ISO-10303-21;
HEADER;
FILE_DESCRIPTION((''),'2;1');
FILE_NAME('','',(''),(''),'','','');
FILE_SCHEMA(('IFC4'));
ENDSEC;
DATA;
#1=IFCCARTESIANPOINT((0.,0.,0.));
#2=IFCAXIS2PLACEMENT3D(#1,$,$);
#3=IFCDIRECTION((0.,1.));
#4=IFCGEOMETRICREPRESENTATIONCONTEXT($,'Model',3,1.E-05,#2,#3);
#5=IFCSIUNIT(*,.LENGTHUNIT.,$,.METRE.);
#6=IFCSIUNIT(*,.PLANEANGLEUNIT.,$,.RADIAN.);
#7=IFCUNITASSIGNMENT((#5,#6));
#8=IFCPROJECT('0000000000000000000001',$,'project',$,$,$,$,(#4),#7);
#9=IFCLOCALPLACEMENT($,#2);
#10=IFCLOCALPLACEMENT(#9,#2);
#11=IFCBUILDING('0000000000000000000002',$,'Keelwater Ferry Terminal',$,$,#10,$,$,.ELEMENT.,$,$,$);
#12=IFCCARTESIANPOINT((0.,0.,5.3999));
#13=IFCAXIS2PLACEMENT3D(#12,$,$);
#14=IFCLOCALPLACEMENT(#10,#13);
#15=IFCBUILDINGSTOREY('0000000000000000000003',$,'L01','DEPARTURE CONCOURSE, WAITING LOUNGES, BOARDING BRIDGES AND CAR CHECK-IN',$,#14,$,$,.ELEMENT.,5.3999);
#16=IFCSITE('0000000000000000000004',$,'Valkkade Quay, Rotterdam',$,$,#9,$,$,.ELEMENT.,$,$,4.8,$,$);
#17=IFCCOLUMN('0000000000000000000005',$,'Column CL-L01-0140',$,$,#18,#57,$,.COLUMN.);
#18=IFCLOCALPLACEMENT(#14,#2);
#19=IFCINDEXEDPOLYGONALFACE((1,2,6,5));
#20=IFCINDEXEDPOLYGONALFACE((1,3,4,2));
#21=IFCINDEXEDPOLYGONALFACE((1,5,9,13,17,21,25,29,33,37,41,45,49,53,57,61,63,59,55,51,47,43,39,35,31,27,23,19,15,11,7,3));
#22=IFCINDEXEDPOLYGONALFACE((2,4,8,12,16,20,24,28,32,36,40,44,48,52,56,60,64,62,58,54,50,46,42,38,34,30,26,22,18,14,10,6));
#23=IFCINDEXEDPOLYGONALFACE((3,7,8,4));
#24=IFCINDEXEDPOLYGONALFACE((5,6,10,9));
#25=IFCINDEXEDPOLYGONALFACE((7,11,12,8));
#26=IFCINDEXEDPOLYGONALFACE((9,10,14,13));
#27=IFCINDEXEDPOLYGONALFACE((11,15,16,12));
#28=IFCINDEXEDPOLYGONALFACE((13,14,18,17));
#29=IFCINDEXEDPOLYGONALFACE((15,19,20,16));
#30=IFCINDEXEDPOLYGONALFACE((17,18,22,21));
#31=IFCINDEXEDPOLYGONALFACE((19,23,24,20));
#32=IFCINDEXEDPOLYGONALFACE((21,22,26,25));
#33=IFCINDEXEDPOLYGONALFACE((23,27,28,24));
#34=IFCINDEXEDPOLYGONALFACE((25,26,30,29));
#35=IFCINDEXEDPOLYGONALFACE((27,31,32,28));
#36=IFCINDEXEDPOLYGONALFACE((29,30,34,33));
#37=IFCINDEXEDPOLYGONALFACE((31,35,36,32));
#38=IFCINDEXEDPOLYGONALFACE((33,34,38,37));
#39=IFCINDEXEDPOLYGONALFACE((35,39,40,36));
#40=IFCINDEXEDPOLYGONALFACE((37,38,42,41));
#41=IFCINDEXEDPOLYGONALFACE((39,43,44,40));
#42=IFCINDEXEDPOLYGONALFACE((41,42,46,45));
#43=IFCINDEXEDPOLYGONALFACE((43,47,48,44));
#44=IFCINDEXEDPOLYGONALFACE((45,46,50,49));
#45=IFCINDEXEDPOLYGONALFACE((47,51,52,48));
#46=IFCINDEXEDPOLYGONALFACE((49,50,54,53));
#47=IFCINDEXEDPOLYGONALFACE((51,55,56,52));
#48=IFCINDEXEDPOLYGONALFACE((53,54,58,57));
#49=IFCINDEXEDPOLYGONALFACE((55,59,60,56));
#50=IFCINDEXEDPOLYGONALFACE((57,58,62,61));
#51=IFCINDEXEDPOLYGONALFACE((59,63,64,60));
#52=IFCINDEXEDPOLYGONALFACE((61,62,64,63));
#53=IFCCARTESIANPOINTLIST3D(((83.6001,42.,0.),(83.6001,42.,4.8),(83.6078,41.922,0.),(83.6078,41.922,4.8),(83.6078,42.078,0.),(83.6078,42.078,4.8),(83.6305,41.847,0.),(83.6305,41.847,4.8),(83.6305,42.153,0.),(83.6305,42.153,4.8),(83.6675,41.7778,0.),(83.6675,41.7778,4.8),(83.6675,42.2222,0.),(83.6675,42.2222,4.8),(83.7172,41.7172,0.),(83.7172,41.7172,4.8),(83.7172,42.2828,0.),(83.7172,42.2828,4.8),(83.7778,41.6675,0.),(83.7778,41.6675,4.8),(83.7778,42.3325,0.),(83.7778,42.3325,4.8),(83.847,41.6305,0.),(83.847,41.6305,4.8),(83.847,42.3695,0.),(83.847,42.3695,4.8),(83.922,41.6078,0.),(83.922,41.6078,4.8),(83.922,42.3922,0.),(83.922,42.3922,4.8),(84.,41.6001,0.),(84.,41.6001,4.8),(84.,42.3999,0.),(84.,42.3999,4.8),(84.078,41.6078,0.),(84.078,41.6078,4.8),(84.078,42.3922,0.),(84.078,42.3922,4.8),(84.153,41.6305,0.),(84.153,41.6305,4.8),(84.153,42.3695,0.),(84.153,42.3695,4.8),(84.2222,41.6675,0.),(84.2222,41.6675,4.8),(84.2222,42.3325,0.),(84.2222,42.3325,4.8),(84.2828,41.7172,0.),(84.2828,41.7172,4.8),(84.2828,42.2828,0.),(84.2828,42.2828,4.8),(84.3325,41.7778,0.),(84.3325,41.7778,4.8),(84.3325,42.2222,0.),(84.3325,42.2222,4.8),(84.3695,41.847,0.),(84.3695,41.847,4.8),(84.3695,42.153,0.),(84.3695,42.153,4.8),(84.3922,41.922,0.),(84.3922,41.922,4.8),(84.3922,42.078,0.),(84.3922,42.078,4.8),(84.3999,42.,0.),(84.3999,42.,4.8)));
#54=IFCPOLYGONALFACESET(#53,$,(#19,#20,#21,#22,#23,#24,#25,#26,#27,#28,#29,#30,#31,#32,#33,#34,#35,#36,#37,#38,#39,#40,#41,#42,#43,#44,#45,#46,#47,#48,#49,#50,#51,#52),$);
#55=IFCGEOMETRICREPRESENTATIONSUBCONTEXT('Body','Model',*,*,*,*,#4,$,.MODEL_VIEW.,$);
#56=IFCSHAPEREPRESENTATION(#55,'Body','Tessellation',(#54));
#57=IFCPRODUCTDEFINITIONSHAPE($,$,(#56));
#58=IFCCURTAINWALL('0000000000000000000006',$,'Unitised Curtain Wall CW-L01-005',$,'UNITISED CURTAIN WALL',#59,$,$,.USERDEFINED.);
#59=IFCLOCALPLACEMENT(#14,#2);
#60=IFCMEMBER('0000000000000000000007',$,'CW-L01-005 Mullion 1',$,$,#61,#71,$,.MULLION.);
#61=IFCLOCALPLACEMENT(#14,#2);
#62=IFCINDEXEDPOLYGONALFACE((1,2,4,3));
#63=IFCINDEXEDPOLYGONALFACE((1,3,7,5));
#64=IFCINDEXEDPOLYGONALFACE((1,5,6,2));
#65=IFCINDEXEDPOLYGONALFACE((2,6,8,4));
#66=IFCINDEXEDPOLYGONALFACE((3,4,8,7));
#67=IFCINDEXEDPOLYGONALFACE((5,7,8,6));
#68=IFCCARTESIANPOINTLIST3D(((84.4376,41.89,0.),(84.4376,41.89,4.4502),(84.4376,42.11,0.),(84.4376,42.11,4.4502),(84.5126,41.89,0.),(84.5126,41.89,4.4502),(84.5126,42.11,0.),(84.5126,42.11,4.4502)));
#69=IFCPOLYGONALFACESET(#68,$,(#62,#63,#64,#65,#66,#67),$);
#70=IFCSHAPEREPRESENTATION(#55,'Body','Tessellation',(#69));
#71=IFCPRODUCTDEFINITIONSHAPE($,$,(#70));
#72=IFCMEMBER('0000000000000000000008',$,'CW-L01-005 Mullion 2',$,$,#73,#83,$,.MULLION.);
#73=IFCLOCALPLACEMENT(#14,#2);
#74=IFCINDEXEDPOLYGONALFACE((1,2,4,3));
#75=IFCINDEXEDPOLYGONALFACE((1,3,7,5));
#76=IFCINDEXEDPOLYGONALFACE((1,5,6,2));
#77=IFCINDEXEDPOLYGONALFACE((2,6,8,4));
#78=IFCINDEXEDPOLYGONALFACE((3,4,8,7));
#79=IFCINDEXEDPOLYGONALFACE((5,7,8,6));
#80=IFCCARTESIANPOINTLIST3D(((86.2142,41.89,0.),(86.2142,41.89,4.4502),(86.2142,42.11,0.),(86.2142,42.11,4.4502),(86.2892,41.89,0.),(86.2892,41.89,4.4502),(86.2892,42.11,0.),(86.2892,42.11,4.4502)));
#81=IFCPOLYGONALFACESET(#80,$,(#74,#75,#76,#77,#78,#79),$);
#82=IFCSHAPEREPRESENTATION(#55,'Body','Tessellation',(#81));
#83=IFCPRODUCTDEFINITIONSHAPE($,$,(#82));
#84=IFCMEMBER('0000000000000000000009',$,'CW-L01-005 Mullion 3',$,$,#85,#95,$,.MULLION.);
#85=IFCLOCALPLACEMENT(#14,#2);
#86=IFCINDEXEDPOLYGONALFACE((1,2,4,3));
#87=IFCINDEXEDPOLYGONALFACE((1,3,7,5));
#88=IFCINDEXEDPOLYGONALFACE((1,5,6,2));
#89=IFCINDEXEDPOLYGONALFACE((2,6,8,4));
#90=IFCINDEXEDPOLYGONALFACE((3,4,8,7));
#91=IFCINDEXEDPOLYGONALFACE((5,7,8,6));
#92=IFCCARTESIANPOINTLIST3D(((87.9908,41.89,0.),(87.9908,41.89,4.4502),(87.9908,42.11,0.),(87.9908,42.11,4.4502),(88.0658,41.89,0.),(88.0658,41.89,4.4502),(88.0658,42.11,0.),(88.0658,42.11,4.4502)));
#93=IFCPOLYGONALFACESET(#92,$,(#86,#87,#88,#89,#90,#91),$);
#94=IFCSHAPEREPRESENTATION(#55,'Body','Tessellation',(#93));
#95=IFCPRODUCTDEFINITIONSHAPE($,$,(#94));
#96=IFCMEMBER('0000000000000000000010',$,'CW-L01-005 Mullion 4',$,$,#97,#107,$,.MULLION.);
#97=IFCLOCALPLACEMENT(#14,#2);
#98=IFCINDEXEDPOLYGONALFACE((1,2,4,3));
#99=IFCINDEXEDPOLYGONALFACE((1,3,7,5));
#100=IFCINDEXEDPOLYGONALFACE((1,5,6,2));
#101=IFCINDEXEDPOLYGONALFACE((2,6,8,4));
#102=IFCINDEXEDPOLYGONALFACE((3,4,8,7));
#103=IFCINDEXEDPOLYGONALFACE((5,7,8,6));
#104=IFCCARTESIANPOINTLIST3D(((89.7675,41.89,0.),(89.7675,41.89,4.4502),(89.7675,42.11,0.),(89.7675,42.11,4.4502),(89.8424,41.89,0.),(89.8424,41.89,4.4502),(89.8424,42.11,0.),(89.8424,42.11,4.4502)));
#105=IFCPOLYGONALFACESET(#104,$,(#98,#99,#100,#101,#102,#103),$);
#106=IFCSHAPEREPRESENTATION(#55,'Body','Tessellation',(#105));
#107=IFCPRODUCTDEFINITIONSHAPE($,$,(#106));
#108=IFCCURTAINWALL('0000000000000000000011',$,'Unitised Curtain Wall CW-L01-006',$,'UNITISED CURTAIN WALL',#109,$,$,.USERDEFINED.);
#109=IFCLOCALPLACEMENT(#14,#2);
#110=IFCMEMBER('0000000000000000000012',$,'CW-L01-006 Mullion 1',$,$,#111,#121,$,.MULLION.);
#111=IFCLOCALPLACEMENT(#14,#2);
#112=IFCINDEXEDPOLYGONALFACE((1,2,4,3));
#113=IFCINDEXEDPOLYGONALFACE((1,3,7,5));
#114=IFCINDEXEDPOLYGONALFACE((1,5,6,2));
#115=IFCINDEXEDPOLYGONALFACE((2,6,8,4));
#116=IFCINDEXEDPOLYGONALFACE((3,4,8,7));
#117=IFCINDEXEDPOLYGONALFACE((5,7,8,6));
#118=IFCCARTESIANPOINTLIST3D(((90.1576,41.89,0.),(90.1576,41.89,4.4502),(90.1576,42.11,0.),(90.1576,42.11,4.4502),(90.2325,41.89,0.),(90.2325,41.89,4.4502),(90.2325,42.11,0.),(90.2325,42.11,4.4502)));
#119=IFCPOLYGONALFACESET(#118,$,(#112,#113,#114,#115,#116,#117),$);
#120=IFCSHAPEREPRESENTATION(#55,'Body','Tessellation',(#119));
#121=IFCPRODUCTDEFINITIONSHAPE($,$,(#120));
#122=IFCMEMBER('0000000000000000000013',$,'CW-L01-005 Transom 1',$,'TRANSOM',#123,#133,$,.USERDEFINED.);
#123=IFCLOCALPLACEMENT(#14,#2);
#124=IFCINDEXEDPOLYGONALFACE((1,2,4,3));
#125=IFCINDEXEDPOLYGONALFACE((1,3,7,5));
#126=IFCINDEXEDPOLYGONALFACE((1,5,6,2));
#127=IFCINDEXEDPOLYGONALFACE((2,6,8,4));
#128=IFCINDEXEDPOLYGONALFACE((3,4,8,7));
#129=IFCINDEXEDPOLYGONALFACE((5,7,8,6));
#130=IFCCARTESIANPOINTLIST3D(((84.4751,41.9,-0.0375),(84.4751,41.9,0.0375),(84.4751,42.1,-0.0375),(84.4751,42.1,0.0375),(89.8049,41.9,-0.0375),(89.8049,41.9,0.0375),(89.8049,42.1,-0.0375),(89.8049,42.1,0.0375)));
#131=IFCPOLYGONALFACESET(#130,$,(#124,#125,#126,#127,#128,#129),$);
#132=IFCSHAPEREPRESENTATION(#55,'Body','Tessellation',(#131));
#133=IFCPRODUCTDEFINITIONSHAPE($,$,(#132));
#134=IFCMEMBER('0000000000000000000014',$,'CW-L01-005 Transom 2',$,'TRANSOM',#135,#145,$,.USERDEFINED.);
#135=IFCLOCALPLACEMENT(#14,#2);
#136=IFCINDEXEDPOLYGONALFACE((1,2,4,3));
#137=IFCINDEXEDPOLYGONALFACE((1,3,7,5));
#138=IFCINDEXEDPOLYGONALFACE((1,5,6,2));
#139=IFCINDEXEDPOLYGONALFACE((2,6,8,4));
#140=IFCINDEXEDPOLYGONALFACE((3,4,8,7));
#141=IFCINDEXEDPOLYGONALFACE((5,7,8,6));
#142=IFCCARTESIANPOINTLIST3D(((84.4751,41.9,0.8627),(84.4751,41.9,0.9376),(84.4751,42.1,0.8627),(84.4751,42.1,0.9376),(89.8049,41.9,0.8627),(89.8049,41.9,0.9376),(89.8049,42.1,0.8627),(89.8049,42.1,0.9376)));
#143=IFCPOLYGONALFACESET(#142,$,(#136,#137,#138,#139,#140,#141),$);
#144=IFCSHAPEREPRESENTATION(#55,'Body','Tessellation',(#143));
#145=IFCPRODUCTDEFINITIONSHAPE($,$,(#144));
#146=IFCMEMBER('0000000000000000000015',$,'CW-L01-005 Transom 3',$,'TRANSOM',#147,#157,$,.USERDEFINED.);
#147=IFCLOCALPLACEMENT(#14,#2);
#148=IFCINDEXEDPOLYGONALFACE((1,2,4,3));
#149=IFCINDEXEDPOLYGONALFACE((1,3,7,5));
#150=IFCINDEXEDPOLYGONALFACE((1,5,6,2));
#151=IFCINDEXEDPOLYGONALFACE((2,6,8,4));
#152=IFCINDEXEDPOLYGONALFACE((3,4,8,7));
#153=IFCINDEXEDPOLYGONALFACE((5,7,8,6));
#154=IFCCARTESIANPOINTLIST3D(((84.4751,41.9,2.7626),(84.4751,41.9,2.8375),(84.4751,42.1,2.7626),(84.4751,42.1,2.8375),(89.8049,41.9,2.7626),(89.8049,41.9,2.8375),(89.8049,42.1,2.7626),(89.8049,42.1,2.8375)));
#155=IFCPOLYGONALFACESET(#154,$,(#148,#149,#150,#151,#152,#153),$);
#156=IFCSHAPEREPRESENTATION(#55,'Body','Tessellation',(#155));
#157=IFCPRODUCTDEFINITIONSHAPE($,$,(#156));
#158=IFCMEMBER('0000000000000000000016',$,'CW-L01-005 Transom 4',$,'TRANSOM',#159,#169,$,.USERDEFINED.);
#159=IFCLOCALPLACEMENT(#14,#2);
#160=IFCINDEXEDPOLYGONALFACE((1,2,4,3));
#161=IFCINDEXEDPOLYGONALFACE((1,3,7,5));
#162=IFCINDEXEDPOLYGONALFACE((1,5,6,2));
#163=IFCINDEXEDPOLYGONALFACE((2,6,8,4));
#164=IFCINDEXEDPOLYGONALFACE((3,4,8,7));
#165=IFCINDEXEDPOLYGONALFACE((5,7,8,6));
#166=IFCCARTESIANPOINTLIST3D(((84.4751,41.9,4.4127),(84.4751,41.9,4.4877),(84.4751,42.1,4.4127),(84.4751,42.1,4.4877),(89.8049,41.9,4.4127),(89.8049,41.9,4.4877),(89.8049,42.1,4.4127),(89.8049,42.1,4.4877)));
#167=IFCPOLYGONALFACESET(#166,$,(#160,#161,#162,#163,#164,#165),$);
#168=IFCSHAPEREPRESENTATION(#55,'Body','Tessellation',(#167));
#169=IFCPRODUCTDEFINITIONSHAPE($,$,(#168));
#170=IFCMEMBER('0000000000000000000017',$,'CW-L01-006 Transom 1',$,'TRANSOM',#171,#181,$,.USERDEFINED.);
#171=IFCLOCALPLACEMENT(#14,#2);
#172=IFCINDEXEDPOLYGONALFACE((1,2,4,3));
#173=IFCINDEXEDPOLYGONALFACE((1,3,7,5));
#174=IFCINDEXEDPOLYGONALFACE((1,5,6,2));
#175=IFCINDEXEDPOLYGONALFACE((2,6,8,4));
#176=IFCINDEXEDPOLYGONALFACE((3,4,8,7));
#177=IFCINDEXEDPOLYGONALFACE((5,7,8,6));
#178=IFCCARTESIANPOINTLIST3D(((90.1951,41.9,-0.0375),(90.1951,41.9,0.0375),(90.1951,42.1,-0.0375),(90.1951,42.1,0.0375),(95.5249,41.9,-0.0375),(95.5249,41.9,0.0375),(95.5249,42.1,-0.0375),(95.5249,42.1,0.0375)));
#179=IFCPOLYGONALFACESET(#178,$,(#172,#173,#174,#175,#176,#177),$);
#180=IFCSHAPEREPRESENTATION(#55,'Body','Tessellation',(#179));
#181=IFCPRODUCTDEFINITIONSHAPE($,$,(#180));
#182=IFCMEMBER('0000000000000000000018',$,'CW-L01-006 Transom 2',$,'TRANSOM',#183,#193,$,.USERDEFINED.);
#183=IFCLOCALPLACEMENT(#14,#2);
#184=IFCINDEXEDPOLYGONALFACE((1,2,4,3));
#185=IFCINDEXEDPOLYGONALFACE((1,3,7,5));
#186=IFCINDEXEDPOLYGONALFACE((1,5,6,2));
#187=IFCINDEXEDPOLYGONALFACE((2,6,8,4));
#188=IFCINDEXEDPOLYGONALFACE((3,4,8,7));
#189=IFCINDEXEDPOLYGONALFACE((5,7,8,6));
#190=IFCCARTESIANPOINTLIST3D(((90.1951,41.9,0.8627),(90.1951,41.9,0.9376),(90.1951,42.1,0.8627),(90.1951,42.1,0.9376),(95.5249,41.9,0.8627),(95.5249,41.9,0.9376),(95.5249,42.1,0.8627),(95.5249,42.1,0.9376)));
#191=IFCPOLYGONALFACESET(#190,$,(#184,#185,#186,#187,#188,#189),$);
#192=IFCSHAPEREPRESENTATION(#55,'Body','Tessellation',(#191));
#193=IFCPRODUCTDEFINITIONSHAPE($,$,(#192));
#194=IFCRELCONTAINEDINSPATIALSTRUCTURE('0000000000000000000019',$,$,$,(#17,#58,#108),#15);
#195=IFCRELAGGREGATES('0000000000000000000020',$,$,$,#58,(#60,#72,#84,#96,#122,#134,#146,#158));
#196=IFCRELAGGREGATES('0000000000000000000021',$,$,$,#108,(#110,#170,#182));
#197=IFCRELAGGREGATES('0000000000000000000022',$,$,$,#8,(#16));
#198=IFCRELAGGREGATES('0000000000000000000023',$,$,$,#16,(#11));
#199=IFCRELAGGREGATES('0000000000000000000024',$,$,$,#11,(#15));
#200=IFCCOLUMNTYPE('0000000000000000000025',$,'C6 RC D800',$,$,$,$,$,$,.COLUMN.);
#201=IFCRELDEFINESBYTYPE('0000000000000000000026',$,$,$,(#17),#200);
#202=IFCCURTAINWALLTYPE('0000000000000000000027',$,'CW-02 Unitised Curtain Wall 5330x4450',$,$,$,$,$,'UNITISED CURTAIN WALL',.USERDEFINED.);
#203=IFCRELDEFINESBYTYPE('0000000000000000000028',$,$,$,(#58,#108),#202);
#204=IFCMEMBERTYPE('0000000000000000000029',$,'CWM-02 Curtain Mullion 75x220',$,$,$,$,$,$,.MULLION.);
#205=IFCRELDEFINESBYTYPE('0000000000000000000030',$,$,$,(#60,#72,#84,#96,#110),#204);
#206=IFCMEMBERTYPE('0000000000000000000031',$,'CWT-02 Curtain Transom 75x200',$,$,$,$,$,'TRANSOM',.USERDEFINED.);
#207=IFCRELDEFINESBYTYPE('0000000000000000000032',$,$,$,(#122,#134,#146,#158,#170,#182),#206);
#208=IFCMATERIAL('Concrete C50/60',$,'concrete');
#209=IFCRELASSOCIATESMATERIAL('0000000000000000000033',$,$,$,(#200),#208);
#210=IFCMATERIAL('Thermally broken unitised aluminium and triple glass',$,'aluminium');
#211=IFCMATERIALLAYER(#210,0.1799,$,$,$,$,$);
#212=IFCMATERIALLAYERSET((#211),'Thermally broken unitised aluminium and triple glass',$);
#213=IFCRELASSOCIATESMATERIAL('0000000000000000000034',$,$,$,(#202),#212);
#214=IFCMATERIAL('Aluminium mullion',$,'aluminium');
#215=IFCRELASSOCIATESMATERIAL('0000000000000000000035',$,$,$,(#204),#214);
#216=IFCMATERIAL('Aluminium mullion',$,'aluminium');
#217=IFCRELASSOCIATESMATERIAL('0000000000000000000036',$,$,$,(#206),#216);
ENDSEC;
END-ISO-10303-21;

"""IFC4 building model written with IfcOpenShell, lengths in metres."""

from ifc_helpers import new_model, si_unit, direction, frame, origin, origin_2d, place, context, subcontext, project, spatial, rectangle, circle, extrude, material, layer, layer_set, material_profile, profile_set, type_object, element, aggregate, save


model = new_model("IFC4")

# Units and contexts
model_context = context("Model", 3, precision=1e-05, world=origin(), true_north=direction((0.0, 1.0)))
body_context = subcontext(model_context, "Body", "Model", "MODEL_VIEW")
ifc_project = project(units=[si_unit("LENGTHUNIT", "METRE"), si_unit("PLANEANGLEUNIT", "RADIAN")], contexts=[model_context])

# Site, building, storey
site_placement = place(None, origin())
site = spatial("IfcSite", under=ifc_project, at=site_placement, Name="Valkkade Quay, Rotterdam", CompositionType="ELEMENT", RefElevation=4.8)
building_placement = place(site_placement, origin())
building = spatial("IfcBuilding", under=site, at=building_placement, Name="Keelwater Ferry Terminal", CompositionType="ELEMENT")
storey_placement = place(building_placement, frame((0.0, 0.0, 5.3999)))
storey = spatial("IfcBuildingStorey", under=building, at=storey_placement, Name="L01", Description="DEPARTURE CONCOURSE, WAITING LOUNGES, BOARDING BRIDGES AND CAR CHECK-IN", CompositionType="ELEMENT", Elevation=5.3999)

# Column
ifc_material_1 = material(Name="Concrete C50/60", Category="concrete")
ifc_material_profile_1 = material_profile(ifc_material_1, circle(Radius=0.3999, at=origin_2d()), Name="RC D800")
ifc_profile_set_1 = profile_set([ifc_material_profile_1], Name="Concrete C50/60")
column_type = type_object("IfcColumnType", Name="C6 RC D800", PredefinedType="COLUMN", material=ifc_profile_set_1)
column_placement = place(storey_placement, frame((84.0, 42.0, 0.0), z_axis=(0.0, 0.0, 1.0), x_axis=(1.0, 0.0, 0.0)))
element("IfcColumn", 1, at=column_placement, inside=storey, type_object=column_type, Name="Column CL-L01-0140", PredefinedType="COLUMN", context=body_context, shape_type="SweptSolid", body=[
    extrude(circle(Radius=0.3999, at=origin_2d()), origin(), (0.0, 0.0, 1.0), 4.8),
])

# Curtain wall, members
ifc_material_2 = material(Name="Thermally broken unitised aluminium and triple glass", Category="aluminium")
ifc_layer_1 = layer(ifc_material_2, 0.1799)
ifc_layer_set_1 = layer_set([ifc_layer_1], Name="Thermally broken unitised aluminium and triple glass")
curtain_wall_type = type_object("IfcCurtainWallType", Name="CW-02 Unitised Curtain Wall 5330x4450", ElementType="UNITISED CURTAIN WALL", PredefinedType="USERDEFINED", material=ifc_layer_set_1)
curtain_wall_1_placement = place(storey_placement, origin())
curtain_wall_1 = element("IfcCurtainWall", 2, at=curtain_wall_1_placement, inside=storey, type_object=curtain_wall_type, Name="Unitised Curtain Wall CW-L01-005", ObjectType="UNITISED CURTAIN WALL", PredefinedType="USERDEFINED")
ifc_material_3 = material(Name="Aluminium mullion", Category="aluminium")
ifc_material_profile_2 = material_profile(ifc_material_3, rectangle(XDim=0.075, YDim=0.22, at=origin_2d()), Name="CWM-02")
ifc_profile_set_2 = profile_set([ifc_material_profile_2], Name="Aluminium mullion")
member_type_1 = type_object("IfcMemberType", Name="CWM-02 Curtain Mullion 75x220", PredefinedType="MULLION", material=ifc_profile_set_2)
member_1_placement = place(storey_placement, frame((84.4751, 42.0, 0.0), z_axis=(0.0, 0.0, 1.0), x_axis=(1.0, 0.0, 0.0)))
member_1 = element("IfcMember", 3, at=member_1_placement, type_object=member_type_1, Name="CW-L01-005 Mullion 1", PredefinedType="MULLION", context=body_context, shape_type="SweptSolid", body=[
    extrude(rectangle(XDim=0.075, YDim=0.22, at=origin_2d()), origin(), (0.0, 0.0, 1.0), 4.4502),
])
member_2_placement = place(storey_placement, frame((86.2517, 42.0, 0.0), z_axis=(0.0, 0.0, 1.0), x_axis=(1.0, 0.0, 0.0)))
member_2 = element("IfcMember", 4, at=member_2_placement, type_object=member_type_1, Name="CW-L01-005 Mullion 2", PredefinedType="MULLION", context=body_context, shape_type="SweptSolid", body=[
    extrude(rectangle(XDim=0.075, YDim=0.22, at=origin_2d()), origin(), (0.0, 0.0, 1.0), 4.4502),
])
member_3_placement = place(storey_placement, frame((88.0283, 42.0, 0.0), z_axis=(0.0, 0.0, 1.0), x_axis=(1.0, 0.0, 0.0)))
member_3 = element("IfcMember", 5, at=member_3_placement, type_object=member_type_1, Name="CW-L01-005 Mullion 3", PredefinedType="MULLION", context=body_context, shape_type="SweptSolid", body=[
    extrude(rectangle(XDim=0.075, YDim=0.22, at=origin_2d()), origin(), (0.0, 0.0, 1.0), 4.4502),
])
member_4_placement = place(storey_placement, frame((89.8049, 42.0, 0.0), z_axis=(0.0, 0.0, 1.0), x_axis=(1.0, 0.0, 0.0)))
member_4 = element("IfcMember", 6, at=member_4_placement, type_object=member_type_1, Name="CW-L01-005 Mullion 4", PredefinedType="MULLION", context=body_context, shape_type="SweptSolid", body=[
    extrude(rectangle(XDim=0.075, YDim=0.22, at=origin_2d()), origin(), (0.0, 0.0, 1.0), 4.4502),
])

# Curtain wall, member
curtain_wall_2_placement = place(storey_placement, origin())
curtain_wall_2 = element("IfcCurtainWall", 7, at=curtain_wall_2_placement, inside=storey, type_object=curtain_wall_type, Name="Unitised Curtain Wall CW-L01-006", ObjectType="UNITISED CURTAIN WALL", PredefinedType="USERDEFINED")
member_5_placement = place(storey_placement, frame((90.1951, 42.0, 0.0), z_axis=(0.0, 0.0, 1.0), x_axis=(1.0, 0.0, 0.0)))
member_5 = element("IfcMember", 8, at=member_5_placement, type_object=member_type_1, Name="CW-L01-006 Mullion 1", PredefinedType="MULLION", context=body_context, shape_type="SweptSolid", body=[
    extrude(rectangle(XDim=0.075, YDim=0.22, at=origin_2d()), origin(), (0.0, 0.0, 1.0), 4.4502),
])

# Members
ifc_material_4 = material(Name="Aluminium mullion", Category="aluminium")
ifc_material_profile_3 = material_profile(ifc_material_4, rectangle(XDim=0.2, YDim=0.075, at=origin_2d()), Name="CWT-02")
ifc_profile_set_3 = profile_set([ifc_material_profile_3], Name="Aluminium mullion")
member_type_2 = type_object("IfcMemberType", Name="CWT-02 Curtain Transom 75x200", ElementType="TRANSOM", PredefinedType="USERDEFINED", material=ifc_profile_set_3)
member_6_placement = place(storey_placement, frame((84.4751, 42.0, 0.0), z_axis=(1.0, 0.0, 0.0), x_axis=(0.0, 1.0, 0.0)))
member_6 = element("IfcMember", 9, at=member_6_placement, type_object=member_type_2, Name="CW-L01-005 Transom 1", ObjectType="TRANSOM", PredefinedType="USERDEFINED", context=body_context, shape_type="SweptSolid", body=[
    extrude(rectangle(XDim=0.2, YDim=0.075, at=origin_2d()), origin(), (0.0, 0.0, 1.0), 5.3298),
])
member_7_placement = place(storey_placement, frame((84.4751, 42.0, 0.9001), z_axis=(1.0, 0.0, 0.0), x_axis=(0.0, 1.0, 0.0)))
member_7 = element("IfcMember", 10, at=member_7_placement, type_object=member_type_2, Name="CW-L01-005 Transom 2", ObjectType="TRANSOM", PredefinedType="USERDEFINED", context=body_context, shape_type="SweptSolid", body=[
    extrude(rectangle(XDim=0.2, YDim=0.075, at=origin_2d()), origin(), (0.0, 0.0, 1.0), 5.3298),
])
member_8_placement = place(storey_placement, frame((84.4751, 42.0, 2.8), z_axis=(1.0, 0.0, 0.0), x_axis=(0.0, 1.0, 0.0)))
member_8 = element("IfcMember", 11, at=member_8_placement, type_object=member_type_2, Name="CW-L01-005 Transom 3", ObjectType="TRANSOM", PredefinedType="USERDEFINED", context=body_context, shape_type="SweptSolid", body=[
    extrude(rectangle(XDim=0.2, YDim=0.075, at=origin_2d()), origin(), (0.0, 0.0, 1.0), 5.3298),
])
member_9_placement = place(storey_placement, frame((84.4751, 42.0, 4.4502), z_axis=(1.0, 0.0, 0.0), x_axis=(0.0, 1.0, 0.0)))
member_9 = element("IfcMember", 12, at=member_9_placement, type_object=member_type_2, Name="CW-L01-005 Transom 4", ObjectType="TRANSOM", PredefinedType="USERDEFINED", context=body_context, shape_type="SweptSolid", body=[
    extrude(rectangle(XDim=0.2, YDim=0.075, at=origin_2d()), origin(), (0.0, 0.0, 1.0), 5.3298),
])
member_10_placement = place(storey_placement, frame((90.1951, 42.0, 0.0), z_axis=(1.0, 0.0, 0.0), x_axis=(0.0, 1.0, 0.0)))
member_10 = element("IfcMember", 13, at=member_10_placement, type_object=member_type_2, Name="CW-L01-006 Transom 1", ObjectType="TRANSOM", PredefinedType="USERDEFINED", context=body_context, shape_type="SweptSolid", body=[
    extrude(rectangle(XDim=0.2, YDim=0.075, at=origin_2d()), origin(), (0.0, 0.0, 1.0), 5.3298),
])
member_11_placement = place(storey_placement, frame((90.1951, 42.0, 0.9001), z_axis=(1.0, 0.0, 0.0), x_axis=(0.0, 1.0, 0.0)))
member_11 = element("IfcMember", 14, at=member_11_placement, type_object=member_type_2, Name="CW-L01-006 Transom 2", ObjectType="TRANSOM", PredefinedType="USERDEFINED", context=body_context, shape_type="SweptSolid", body=[
    extrude(rectangle(XDim=0.2, YDim=0.075, at=origin_2d()), origin(), (0.0, 0.0, 1.0), 5.3298),
])

aggregate(curtain_wall_1, [member_1, member_2, member_3, member_4, member_6, member_7, member_8, member_9])
aggregate(curtain_wall_2, [member_5, member_10, member_11])

save(model, "model.ifc")
